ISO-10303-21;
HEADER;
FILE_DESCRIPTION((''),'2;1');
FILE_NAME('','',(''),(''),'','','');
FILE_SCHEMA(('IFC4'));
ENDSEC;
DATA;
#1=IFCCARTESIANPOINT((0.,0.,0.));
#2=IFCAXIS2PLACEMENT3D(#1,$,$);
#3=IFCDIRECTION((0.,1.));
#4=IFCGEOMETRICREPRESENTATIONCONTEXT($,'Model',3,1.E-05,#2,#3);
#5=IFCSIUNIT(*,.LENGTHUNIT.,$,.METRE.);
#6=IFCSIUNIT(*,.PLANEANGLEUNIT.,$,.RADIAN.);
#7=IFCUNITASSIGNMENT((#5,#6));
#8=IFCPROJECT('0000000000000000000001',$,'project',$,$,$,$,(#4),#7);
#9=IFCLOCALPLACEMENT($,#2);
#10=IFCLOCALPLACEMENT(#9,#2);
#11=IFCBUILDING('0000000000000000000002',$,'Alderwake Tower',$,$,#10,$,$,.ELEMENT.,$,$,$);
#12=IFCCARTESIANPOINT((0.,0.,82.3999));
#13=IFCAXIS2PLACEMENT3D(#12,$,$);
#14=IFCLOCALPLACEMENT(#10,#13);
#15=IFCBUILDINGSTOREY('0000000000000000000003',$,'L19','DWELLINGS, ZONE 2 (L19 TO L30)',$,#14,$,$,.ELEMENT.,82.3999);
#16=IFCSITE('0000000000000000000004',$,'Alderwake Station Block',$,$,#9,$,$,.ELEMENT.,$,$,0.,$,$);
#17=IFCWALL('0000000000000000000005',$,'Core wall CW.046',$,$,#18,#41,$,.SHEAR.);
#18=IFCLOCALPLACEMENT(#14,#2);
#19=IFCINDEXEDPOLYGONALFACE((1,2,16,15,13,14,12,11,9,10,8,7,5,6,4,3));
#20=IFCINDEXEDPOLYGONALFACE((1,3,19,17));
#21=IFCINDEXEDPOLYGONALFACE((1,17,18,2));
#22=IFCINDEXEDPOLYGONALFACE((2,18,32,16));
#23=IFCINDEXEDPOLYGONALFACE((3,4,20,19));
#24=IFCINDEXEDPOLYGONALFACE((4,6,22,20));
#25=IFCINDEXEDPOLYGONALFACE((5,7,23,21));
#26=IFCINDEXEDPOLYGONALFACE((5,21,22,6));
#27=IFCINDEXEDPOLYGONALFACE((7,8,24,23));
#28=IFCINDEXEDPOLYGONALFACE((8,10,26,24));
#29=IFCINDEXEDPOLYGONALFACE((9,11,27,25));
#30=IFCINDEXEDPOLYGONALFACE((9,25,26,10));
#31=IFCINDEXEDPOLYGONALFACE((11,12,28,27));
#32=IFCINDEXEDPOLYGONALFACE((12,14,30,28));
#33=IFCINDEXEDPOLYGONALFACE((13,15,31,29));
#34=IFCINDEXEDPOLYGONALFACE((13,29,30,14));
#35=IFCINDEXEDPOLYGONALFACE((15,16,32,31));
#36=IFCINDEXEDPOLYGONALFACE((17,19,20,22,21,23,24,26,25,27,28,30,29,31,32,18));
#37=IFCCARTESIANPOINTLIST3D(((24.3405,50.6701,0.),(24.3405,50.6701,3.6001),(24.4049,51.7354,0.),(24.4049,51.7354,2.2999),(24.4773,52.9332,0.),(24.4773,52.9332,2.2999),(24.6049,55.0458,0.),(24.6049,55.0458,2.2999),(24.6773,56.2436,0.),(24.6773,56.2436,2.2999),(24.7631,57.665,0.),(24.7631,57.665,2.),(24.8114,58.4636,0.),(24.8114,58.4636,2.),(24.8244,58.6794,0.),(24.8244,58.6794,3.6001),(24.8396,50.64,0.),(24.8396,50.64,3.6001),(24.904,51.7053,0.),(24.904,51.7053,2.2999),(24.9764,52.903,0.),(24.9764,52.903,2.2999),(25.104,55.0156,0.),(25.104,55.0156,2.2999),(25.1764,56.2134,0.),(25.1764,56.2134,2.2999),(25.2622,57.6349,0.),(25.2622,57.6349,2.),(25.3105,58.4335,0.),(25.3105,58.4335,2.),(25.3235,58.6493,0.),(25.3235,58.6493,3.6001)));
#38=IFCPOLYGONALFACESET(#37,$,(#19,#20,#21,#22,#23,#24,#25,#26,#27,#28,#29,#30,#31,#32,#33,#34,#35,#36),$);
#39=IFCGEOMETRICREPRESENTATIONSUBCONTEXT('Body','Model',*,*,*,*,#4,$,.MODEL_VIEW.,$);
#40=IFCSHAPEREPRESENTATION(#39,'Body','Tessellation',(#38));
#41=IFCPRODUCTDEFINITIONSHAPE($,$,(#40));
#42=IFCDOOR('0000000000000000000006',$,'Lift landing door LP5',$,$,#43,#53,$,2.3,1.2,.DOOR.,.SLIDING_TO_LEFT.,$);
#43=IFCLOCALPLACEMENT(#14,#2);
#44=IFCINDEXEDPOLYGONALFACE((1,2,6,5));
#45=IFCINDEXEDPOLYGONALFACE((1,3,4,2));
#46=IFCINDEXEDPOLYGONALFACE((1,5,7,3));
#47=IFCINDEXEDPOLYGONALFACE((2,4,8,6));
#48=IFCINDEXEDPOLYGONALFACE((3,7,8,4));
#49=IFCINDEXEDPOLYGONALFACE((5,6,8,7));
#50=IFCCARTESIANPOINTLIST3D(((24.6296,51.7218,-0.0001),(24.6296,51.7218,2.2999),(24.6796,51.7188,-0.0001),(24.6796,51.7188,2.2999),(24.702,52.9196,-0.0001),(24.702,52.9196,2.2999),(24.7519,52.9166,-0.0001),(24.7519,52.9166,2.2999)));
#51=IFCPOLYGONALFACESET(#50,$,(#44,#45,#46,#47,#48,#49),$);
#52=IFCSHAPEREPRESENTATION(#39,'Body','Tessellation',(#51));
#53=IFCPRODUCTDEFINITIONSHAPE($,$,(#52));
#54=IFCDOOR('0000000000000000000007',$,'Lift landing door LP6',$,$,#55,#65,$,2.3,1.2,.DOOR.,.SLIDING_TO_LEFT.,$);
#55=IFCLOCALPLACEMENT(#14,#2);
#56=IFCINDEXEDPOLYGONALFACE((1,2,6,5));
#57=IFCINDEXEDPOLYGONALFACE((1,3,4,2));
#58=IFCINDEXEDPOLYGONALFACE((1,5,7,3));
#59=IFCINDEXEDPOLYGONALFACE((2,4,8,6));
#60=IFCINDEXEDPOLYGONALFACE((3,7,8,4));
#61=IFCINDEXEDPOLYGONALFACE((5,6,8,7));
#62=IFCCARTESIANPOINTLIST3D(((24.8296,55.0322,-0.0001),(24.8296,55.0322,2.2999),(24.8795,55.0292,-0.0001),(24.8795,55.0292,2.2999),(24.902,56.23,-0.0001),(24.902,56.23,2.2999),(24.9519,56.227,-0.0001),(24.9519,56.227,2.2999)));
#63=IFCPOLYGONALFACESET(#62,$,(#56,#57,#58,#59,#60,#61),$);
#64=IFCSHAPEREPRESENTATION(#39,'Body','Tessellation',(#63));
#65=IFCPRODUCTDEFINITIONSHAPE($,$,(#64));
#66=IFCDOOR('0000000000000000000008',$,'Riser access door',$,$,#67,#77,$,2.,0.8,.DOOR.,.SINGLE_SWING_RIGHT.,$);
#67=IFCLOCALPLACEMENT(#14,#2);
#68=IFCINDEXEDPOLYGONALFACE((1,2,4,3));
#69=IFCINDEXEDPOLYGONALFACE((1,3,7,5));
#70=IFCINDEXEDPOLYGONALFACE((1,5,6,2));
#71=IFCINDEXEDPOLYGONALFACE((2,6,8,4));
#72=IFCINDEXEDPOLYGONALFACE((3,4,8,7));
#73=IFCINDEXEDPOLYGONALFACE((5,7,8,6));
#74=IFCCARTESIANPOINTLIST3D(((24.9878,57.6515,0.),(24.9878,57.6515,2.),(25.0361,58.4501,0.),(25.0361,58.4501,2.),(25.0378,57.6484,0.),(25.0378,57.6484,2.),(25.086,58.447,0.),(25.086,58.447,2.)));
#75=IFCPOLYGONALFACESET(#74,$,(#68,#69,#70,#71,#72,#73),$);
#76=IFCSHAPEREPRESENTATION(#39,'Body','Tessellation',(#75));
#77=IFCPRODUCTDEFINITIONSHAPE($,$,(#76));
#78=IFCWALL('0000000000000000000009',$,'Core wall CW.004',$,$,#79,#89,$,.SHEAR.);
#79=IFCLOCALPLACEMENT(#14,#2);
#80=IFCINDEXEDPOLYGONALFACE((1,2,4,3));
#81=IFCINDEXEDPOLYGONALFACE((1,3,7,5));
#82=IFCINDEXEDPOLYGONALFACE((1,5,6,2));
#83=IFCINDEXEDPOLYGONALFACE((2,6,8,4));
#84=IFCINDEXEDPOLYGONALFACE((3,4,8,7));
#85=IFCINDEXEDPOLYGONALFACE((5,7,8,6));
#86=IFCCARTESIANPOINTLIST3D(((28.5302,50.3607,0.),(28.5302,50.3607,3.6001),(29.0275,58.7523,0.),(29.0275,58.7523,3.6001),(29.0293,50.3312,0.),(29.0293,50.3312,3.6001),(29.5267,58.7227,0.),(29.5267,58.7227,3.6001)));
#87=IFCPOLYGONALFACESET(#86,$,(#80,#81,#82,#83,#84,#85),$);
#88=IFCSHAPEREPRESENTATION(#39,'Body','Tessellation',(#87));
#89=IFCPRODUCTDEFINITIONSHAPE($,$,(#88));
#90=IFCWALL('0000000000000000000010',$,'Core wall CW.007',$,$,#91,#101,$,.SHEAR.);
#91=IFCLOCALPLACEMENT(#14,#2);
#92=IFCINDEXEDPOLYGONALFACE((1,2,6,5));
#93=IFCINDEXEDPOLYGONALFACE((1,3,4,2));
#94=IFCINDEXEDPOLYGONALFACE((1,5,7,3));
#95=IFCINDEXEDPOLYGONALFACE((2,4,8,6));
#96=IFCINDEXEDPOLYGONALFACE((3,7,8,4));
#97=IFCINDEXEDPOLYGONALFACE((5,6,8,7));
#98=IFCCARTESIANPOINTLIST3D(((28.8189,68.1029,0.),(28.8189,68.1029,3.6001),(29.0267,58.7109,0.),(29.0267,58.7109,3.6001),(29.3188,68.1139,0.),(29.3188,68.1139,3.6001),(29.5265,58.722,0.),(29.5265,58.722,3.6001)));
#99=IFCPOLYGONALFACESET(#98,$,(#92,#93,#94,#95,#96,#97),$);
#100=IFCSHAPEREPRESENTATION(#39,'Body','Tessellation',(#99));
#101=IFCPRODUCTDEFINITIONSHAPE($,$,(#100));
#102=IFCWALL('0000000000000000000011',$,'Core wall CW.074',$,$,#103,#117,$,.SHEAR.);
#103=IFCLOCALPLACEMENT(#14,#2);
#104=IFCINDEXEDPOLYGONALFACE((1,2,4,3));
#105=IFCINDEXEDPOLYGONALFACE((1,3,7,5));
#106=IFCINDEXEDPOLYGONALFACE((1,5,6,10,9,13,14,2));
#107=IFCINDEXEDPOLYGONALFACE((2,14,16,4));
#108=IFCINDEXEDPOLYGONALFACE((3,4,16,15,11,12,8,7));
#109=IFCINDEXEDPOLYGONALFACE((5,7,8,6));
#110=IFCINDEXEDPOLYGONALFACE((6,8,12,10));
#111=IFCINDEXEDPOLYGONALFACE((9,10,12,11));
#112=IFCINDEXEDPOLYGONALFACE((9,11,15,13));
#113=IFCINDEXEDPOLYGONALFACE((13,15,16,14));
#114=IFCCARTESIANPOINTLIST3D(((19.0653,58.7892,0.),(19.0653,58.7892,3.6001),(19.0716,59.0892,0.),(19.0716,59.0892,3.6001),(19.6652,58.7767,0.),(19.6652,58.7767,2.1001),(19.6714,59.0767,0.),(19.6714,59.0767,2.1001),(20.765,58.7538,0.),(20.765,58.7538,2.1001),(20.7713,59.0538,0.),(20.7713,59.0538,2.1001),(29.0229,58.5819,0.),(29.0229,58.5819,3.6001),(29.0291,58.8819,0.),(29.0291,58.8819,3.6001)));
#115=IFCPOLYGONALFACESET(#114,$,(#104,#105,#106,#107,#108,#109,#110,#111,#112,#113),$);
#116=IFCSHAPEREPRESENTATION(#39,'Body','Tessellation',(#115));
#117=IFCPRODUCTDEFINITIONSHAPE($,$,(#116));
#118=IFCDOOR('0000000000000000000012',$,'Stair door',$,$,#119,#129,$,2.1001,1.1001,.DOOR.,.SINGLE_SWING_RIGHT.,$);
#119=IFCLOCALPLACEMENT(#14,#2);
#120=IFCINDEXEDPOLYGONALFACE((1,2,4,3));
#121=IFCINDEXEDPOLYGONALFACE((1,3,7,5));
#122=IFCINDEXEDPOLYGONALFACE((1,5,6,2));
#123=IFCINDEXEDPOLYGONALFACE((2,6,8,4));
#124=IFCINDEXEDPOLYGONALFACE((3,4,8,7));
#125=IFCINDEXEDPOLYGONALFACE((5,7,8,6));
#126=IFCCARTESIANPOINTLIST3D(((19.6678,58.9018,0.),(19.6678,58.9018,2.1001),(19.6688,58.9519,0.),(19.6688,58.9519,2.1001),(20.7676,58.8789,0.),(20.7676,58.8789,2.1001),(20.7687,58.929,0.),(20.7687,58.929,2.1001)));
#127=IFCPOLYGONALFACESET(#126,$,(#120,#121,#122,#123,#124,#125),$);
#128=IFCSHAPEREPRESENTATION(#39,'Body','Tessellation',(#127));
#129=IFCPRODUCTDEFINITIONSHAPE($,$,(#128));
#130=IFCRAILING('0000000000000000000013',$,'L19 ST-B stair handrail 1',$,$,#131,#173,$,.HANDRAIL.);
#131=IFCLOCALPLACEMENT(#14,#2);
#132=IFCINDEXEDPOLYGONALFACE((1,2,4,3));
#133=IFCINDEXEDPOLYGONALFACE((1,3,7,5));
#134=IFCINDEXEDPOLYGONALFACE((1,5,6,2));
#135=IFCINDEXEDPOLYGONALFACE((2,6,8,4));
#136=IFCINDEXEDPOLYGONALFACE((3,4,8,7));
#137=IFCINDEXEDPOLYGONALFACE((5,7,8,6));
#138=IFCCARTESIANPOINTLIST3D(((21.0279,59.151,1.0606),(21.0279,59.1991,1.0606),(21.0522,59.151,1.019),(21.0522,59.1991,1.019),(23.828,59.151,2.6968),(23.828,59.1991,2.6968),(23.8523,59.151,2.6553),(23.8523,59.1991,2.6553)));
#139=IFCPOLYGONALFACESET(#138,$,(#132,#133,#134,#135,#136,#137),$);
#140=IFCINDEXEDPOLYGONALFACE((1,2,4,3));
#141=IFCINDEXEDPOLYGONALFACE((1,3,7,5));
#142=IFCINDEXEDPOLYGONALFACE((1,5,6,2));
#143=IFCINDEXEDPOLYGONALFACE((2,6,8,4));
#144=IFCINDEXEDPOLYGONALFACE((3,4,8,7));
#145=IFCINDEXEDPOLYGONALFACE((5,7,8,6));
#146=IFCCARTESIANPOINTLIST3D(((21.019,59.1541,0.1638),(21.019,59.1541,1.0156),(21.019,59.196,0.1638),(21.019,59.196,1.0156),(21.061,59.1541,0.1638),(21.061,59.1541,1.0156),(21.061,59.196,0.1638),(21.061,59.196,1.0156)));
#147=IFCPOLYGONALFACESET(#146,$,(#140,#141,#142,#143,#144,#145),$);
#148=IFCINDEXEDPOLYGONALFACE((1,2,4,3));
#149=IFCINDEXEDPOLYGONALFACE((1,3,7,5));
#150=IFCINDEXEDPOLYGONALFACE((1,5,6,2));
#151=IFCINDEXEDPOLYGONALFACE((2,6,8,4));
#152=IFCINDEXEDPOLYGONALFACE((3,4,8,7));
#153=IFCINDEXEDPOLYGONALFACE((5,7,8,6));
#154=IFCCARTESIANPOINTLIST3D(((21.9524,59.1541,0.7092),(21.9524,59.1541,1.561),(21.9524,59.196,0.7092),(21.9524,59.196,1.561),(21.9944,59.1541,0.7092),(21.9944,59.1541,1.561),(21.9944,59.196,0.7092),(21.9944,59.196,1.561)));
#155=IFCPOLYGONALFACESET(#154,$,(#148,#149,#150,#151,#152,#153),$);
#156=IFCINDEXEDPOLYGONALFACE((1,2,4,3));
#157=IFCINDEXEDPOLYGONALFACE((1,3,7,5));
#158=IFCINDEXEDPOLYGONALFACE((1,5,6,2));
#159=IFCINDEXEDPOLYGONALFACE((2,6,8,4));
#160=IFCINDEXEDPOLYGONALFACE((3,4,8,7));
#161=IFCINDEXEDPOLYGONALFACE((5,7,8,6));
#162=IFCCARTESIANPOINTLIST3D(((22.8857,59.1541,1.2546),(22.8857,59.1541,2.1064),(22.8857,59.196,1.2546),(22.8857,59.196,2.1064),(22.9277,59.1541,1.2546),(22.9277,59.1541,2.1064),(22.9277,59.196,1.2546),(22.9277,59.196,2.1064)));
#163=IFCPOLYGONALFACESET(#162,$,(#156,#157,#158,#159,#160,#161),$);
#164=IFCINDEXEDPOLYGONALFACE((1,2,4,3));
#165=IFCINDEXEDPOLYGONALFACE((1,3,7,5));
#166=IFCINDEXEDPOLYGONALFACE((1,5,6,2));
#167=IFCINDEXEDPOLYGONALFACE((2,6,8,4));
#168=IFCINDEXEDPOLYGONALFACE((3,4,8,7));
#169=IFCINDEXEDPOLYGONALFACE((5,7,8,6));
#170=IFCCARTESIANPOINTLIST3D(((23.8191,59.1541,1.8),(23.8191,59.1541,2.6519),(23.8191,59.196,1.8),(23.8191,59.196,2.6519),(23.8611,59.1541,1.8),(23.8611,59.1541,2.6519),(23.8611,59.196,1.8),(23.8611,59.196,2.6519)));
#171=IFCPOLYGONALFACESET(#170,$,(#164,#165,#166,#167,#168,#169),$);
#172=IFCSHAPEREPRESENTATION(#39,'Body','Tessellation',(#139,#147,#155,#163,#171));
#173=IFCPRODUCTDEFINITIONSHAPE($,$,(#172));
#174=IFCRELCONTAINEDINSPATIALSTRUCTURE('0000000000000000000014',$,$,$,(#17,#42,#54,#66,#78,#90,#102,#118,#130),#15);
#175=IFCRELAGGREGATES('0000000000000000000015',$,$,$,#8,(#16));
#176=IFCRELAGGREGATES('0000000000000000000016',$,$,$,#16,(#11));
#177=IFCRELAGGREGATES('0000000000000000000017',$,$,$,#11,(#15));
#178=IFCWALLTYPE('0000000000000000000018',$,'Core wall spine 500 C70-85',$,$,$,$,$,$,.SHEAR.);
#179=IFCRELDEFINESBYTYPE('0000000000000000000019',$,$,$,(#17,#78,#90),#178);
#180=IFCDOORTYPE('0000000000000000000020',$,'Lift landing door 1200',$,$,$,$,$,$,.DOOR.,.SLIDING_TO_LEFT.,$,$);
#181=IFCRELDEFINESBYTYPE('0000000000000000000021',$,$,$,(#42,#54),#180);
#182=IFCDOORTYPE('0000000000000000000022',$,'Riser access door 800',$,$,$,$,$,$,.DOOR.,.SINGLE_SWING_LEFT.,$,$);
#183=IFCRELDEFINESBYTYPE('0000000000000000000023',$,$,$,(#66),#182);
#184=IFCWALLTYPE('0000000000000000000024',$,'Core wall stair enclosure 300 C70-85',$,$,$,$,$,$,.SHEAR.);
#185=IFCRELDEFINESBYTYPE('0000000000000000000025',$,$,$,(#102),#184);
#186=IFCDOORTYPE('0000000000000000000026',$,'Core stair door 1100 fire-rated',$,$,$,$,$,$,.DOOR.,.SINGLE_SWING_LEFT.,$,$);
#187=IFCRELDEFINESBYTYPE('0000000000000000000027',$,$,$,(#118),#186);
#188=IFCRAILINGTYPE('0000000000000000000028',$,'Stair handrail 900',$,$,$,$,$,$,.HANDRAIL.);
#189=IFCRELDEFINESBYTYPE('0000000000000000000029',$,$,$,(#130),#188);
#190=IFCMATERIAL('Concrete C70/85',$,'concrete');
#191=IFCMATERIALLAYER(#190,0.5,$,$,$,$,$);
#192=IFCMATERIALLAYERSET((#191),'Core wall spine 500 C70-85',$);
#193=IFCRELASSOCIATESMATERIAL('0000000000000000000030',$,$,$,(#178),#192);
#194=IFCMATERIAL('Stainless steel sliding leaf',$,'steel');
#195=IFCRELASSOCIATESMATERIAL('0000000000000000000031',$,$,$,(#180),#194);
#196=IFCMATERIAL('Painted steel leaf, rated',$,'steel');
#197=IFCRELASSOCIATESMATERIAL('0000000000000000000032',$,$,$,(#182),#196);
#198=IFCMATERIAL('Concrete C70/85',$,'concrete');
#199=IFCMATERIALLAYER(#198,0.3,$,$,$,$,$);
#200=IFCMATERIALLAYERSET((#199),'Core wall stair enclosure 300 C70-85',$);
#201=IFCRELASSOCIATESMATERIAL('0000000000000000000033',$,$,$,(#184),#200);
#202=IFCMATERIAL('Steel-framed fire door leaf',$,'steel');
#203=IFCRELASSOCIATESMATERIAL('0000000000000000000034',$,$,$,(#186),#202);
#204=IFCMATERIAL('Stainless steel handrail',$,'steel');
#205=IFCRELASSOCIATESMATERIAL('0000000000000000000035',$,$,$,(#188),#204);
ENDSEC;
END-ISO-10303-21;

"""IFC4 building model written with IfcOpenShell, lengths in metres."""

from ifc_helpers import new_model, si_unit, direction, frame, frame_2d, origin, origin_with_axes, origin_2d, place, context, subcontext, project, spatial, rectangle, extrude, material, layer, layer_set, type_object, element, fill, save


model = new_model("IFC4")

# Units and contexts
model_context = context("Model", 3, precision=1e-05, world=origin(), true_north=direction((0.0, 1.0)))
body_context = subcontext(model_context, "Body", "Model", "MODEL_VIEW")
ifc_project = project(units=[si_unit("LENGTHUNIT", "METRE"), si_unit("PLANEANGLEUNIT", "RADIAN")], contexts=[model_context])

# Site, building, storey
site_placement = place(None, origin())
site = spatial("IfcSite", under=ifc_project, at=site_placement, Name="Alderwake Station Block", CompositionType="ELEMENT", RefElevation=0.0)
building_placement = place(site_placement, origin())
building = spatial("IfcBuilding", under=site, at=building_placement, Name="Alderwake Tower", CompositionType="ELEMENT")
storey_placement = place(building_placement, frame((0.0, 0.0, 82.3999)))
storey = spatial("IfcBuildingStorey", under=building, at=storey_placement, Name="L19", Description="DWELLINGS, ZONE 2 (L19 TO L30)", CompositionType="ELEMENT", Elevation=82.3999)

# Wall, openings, doors
ifc_material_1 = material(Name="Concrete C70/85", Category="concrete")
ifc_layer_1 = layer(ifc_material_1, 0.5)
ifc_layer_set_1 = layer_set([ifc_layer_1], Name="Core wall spine 500 C70-85")
wall_type_1 = type_object("IfcWallType", Name="Core wall spine 500 C70-85", PredefinedType="SHEAR", material=ifc_layer_set_1)
ifc_material_2 = material(Name="Stainless steel sliding leaf", Category="steel")
door_type_1 = type_object("IfcDoorType", Name="Lift landing door 1200", OperationType="SLIDING_TO_LEFT", PredefinedType="DOOR", material=ifc_material_2)
ifc_material_3 = material(Name="Painted steel leaf, rated", Category="steel")
door_type_2 = type_object("IfcDoorType", Name="Riser access door 800", OperationType="SINGLE_SWING_LEFT", PredefinedType="DOOR", material=ifc_material_3)
wall_1_placement = place(storey_placement, frame((24.5901, 50.655, 0.0), z_axis=(0.0, 0.0, 1.0), x_axis=(0.060306, 0.99818, 0.0)))
wall_1 = element("IfcWall", 1, at=wall_1_placement, inside=storey, type_object=wall_type_1, Name="Core wall CW.046", PredefinedType="SHEAR", context=body_context, shape_type="SweptSolid", body=[
    extrude(rectangle(XDim=8.0239, YDim=0.5, at=frame_2d((4.012, 0.0))), origin(), (0.0, 0.0, 1.0), 3.6001),
])
opening_1_placement = place(wall_1_placement, frame((1.0671, 0.0, 0.0)))
opening_1 = element("IfcOpeningElement", 2, at=opening_1_placement, cuts=wall_1, PredefinedType="OPENING", context=body_context, shape_type="SweptSolid", body=[
    extrude(rectangle(XDim=1.2, YDim=2.3, at=frame_2d((0.6001, 1.1499))), frame((0.0, 0.26, 0.0), z_axis=(0.0, -1.0, 0.0), x_axis=(1.0, 0.0, 0.0)), (0.0, 0.0, 1.0), 0.52),
])
opening_2_placement = place(wall_1_placement, frame((4.3835, 0.0, 0.0)))
opening_2 = element("IfcOpeningElement", 3, at=opening_2_placement, cuts=wall_1, PredefinedType="OPENING", context=body_context, shape_type="SweptSolid", body=[
    extrude(rectangle(XDim=1.2, YDim=2.3, at=frame_2d((0.6001, 1.1499))), frame((0.0, 0.26, 0.0), z_axis=(0.0, -1.0, 0.0), x_axis=(1.0, 0.0, 0.0)), (0.0, 0.0, 1.0), 0.52),
])
opening_3_placement = place(wall_1_placement, frame((7.0078, 0.0, 0.0)))
opening_3 = element("IfcOpeningElement", 4, at=opening_3_placement, cuts=wall_1, PredefinedType="OPENING", context=body_context, shape_type="SweptSolid", body=[
    extrude(rectangle(XDim=0.8, YDim=2.0, at=frame_2d((0.3999, 1.0))), frame((0.0, 0.26, 0.0), z_axis=(0.0, -1.0, 0.0), x_axis=(1.0, 0.0, 0.0)), (0.0, 0.0, 1.0), 0.52),
])
door_1_placement = place(opening_1_placement, origin())
door_1 = element("IfcDoor", 5, at=door_1_placement, inside=storey, type_object=door_type_1, Name="Lift landing door LP5", OperationType="SLIDING_TO_LEFT", OverallHeight=2.3, OverallWidth=1.2, PredefinedType="DOOR", context=body_context, shape_type="SweptSolid", body=[
    extrude(rectangle(XDim=1.2, YDim=2.3, at=frame_2d((0.6001, 1.1499))), frame((0.0, 0.0249, 0.0), z_axis=(0.0, -1.0, 0.0), x_axis=(1.0, 0.0, 0.0)), (0.0, 0.0, 1.0), 0.05),
])
fill(opening_1, door_1)
door_2_placement = place(opening_2_placement, origin())
door_2 = element("IfcDoor", 6, at=door_2_placement, inside=storey, type_object=door_type_1, Name="Lift landing door LP6", OperationType="SLIDING_TO_LEFT", OverallHeight=2.3, OverallWidth=1.2, PredefinedType="DOOR", context=body_context, shape_type="SweptSolid", body=[
    extrude(rectangle(XDim=1.2, YDim=2.3, at=frame_2d((0.6001, 1.1499))), frame((0.0, 0.0249, 0.0), z_axis=(0.0, -1.0, 0.0), x_axis=(1.0, 0.0, 0.0)), (0.0, 0.0, 1.0), 0.05),
])
fill(opening_2, door_2)
door_3_placement = place(opening_3_placement, origin())
door_3 = element("IfcDoor", 7, at=door_3_placement, inside=storey, type_object=door_type_2, Name="Riser access door", OperationType="SINGLE_SWING_RIGHT", OverallHeight=2.0, OverallWidth=0.8, PredefinedType="DOOR", context=body_context, shape_type="SweptSolid", body=[
    extrude(rectangle(XDim=0.8, YDim=2.0, at=frame_2d((0.3999, 1.0))), frame((0.0, 0.0249, 0.0), z_axis=(0.0, -1.0, 0.0), x_axis=(1.0, 0.0, 0.0)), (0.0, 0.0, 1.0), 0.05),
])
fill(opening_3, door_3)

# Walls
wall_2_placement = place(storey_placement, frame((28.7798, 50.3459, 0.0), z_axis=(0.0, 0.0, 1.0), x_axis=(0.05916, 0.998249, 0.0)))
element("IfcWall", 8, at=wall_2_placement, inside=storey, type_object=wall_type_1, Name="Core wall CW.004", PredefinedType="SHEAR", context=body_context, shape_type="SweptSolid", body=[
    extrude(rectangle(XDim=8.4062, YDim=0.5, at=frame_2d((4.2031, 0.0))), origin(), (0.0, 0.0, 1.0), 3.6001),
])
wall_3_placement = place(storey_placement, frame((29.2766, 58.7163, 0.0), z_axis=(0.0, 0.0, 1.0), x_axis=(-0.022116, 0.999755, 0.0)))
element("IfcWall", 9, at=wall_3_placement, inside=storey, type_object=wall_type_1, Name="Core wall CW.007", PredefinedType="SHEAR", context=body_context, shape_type="SweptSolid", body=[
    extrude(rectangle(XDim=9.3943, YDim=0.5, at=frame_2d((4.6973, 0.0))), origin(), (0.0, 0.0, 1.0), 3.6001),
])

# Wall, opening, door
ifc_material_4 = material(Name="Concrete C70/85", Category="concrete")
ifc_layer_2 = layer(ifc_material_4, 0.3)
ifc_layer_set_2 = layer_set([ifc_layer_2], Name="Core wall stair enclosure 300 C70-85")
wall_type_2 = type_object("IfcWallType", Name="Core wall stair enclosure 300 C70-85", PredefinedType="SHEAR", material=ifc_layer_set_2)
wall_4_placement = place(storey_placement, frame((29.0261, 58.7319, 0.0), z_axis=(0.0, 0.0, 1.0), x_axis=(-0.999783, 0.020811, 0.0)))
wall_4 = element("IfcWall", 10, at=wall_4_placement, inside=storey, type_object=wall_type_2, Name="Core wall CW.074", PredefinedType="SHEAR", context=body_context, shape_type="SweptSolid", body=[
    extrude(rectangle(XDim=9.9597, YDim=0.3, at=frame_2d((4.98, 0.0))), origin(), (0.0, 0.0, 1.0), 3.6001),
])
opening_4_placement = place(wall_4_placement, frame((8.2598, 0.0, 0.0)))
opening_4 = element("IfcOpeningElement", 11, at=opening_4_placement, cuts=wall_4, PredefinedType="OPENING", context=body_context, shape_type="SweptSolid", body=[
    extrude(rectangle(XDim=1.1001, YDim=2.1001, at=frame_2d((0.55, 1.05))), frame((0.0, 0.1599, 0.0), z_axis=(0.0, -1.0, 0.0), x_axis=(1.0, 0.0, 0.0)), (0.0, 0.0, 1.0), 0.3201),
])
ifc_material_5 = material(Name="Steel-framed fire door leaf", Category="steel")
door_type_3 = type_object("IfcDoorType", Name="Core stair door 1100 fire-rated", OperationType="SINGLE_SWING_LEFT", PredefinedType="DOOR", material=ifc_material_5)
door_4_placement = place(opening_4_placement, origin())
door_4 = element("IfcDoor", 12, at=door_4_placement, inside=storey, type_object=door_type_3, Name="Stair door", OperationType="SINGLE_SWING_RIGHT", OverallHeight=2.1001, OverallWidth=1.1001, PredefinedType="DOOR", context=body_context, shape_type="SweptSolid", body=[
    extrude(rectangle(XDim=1.1001, YDim=2.1001, at=frame_2d((0.55, 1.05))), frame((0.0, 0.0249, 0.0), z_axis=(0.0, -1.0, 0.0), x_axis=(1.0, 0.0, 0.0)), (0.0, 0.0, 1.0), 0.05),
])
fill(opening_4, door_4)

# Railing
ifc_material_6 = material(Name="Stainless steel handrail", Category="steel")
railing_type = type_object("IfcRailingType", Name="Stair handrail 900", PredefinedType="HANDRAIL", material=ifc_material_6)
railing_placement = place(storey_placement, frame((21.04, 59.175, 0.1638)))
element("IfcRailing", 13, at=railing_placement, inside=storey, type_object=railing_type, Name="L19 ST-B stair handrail 1", PredefinedType="HANDRAIL", context=body_context, shape_type="SweptSolid", body=[
    extrude(rectangle(XDim=0.0481, YDim=0.0481, at=origin_2d()), frame((0.0, 0.0, 0.876), z_axis=(0.863394, 0.0, 0.504531), x_axis=(0.0, 1.0, 0.0)), (0.0, 0.0, 1.0), 3.2432),
    extrude(rectangle(XDim=0.042, YDim=0.042, at=origin_2d()), origin_with_axes(), (0.0, 0.0, 1.0), 0.8518),
    extrude(rectangle(XDim=0.042, YDim=0.042, at=origin_2d()), frame((0.9333, 0.0, 0.5454), z_axis=(0.0, 0.0, 1.0), x_axis=(1.0, 0.0, 0.0)), (0.0, 0.0, 1.0), 0.8518),
    extrude(rectangle(XDim=0.042, YDim=0.042, at=origin_2d()), frame((1.8667, 0.0, 1.0908), z_axis=(0.0, 0.0, 1.0), x_axis=(1.0, 0.0, 0.0)), (0.0, 0.0, 1.0), 0.8518),
    extrude(rectangle(XDim=0.042, YDim=0.042, at=origin_2d()), frame((2.8, 0.0, 1.6362), z_axis=(0.0, 0.0, 1.0), x_axis=(1.0, 0.0, 0.0)), (0.0, 0.0, 1.0), 0.8518),
])

save(model, "model.ifc")
